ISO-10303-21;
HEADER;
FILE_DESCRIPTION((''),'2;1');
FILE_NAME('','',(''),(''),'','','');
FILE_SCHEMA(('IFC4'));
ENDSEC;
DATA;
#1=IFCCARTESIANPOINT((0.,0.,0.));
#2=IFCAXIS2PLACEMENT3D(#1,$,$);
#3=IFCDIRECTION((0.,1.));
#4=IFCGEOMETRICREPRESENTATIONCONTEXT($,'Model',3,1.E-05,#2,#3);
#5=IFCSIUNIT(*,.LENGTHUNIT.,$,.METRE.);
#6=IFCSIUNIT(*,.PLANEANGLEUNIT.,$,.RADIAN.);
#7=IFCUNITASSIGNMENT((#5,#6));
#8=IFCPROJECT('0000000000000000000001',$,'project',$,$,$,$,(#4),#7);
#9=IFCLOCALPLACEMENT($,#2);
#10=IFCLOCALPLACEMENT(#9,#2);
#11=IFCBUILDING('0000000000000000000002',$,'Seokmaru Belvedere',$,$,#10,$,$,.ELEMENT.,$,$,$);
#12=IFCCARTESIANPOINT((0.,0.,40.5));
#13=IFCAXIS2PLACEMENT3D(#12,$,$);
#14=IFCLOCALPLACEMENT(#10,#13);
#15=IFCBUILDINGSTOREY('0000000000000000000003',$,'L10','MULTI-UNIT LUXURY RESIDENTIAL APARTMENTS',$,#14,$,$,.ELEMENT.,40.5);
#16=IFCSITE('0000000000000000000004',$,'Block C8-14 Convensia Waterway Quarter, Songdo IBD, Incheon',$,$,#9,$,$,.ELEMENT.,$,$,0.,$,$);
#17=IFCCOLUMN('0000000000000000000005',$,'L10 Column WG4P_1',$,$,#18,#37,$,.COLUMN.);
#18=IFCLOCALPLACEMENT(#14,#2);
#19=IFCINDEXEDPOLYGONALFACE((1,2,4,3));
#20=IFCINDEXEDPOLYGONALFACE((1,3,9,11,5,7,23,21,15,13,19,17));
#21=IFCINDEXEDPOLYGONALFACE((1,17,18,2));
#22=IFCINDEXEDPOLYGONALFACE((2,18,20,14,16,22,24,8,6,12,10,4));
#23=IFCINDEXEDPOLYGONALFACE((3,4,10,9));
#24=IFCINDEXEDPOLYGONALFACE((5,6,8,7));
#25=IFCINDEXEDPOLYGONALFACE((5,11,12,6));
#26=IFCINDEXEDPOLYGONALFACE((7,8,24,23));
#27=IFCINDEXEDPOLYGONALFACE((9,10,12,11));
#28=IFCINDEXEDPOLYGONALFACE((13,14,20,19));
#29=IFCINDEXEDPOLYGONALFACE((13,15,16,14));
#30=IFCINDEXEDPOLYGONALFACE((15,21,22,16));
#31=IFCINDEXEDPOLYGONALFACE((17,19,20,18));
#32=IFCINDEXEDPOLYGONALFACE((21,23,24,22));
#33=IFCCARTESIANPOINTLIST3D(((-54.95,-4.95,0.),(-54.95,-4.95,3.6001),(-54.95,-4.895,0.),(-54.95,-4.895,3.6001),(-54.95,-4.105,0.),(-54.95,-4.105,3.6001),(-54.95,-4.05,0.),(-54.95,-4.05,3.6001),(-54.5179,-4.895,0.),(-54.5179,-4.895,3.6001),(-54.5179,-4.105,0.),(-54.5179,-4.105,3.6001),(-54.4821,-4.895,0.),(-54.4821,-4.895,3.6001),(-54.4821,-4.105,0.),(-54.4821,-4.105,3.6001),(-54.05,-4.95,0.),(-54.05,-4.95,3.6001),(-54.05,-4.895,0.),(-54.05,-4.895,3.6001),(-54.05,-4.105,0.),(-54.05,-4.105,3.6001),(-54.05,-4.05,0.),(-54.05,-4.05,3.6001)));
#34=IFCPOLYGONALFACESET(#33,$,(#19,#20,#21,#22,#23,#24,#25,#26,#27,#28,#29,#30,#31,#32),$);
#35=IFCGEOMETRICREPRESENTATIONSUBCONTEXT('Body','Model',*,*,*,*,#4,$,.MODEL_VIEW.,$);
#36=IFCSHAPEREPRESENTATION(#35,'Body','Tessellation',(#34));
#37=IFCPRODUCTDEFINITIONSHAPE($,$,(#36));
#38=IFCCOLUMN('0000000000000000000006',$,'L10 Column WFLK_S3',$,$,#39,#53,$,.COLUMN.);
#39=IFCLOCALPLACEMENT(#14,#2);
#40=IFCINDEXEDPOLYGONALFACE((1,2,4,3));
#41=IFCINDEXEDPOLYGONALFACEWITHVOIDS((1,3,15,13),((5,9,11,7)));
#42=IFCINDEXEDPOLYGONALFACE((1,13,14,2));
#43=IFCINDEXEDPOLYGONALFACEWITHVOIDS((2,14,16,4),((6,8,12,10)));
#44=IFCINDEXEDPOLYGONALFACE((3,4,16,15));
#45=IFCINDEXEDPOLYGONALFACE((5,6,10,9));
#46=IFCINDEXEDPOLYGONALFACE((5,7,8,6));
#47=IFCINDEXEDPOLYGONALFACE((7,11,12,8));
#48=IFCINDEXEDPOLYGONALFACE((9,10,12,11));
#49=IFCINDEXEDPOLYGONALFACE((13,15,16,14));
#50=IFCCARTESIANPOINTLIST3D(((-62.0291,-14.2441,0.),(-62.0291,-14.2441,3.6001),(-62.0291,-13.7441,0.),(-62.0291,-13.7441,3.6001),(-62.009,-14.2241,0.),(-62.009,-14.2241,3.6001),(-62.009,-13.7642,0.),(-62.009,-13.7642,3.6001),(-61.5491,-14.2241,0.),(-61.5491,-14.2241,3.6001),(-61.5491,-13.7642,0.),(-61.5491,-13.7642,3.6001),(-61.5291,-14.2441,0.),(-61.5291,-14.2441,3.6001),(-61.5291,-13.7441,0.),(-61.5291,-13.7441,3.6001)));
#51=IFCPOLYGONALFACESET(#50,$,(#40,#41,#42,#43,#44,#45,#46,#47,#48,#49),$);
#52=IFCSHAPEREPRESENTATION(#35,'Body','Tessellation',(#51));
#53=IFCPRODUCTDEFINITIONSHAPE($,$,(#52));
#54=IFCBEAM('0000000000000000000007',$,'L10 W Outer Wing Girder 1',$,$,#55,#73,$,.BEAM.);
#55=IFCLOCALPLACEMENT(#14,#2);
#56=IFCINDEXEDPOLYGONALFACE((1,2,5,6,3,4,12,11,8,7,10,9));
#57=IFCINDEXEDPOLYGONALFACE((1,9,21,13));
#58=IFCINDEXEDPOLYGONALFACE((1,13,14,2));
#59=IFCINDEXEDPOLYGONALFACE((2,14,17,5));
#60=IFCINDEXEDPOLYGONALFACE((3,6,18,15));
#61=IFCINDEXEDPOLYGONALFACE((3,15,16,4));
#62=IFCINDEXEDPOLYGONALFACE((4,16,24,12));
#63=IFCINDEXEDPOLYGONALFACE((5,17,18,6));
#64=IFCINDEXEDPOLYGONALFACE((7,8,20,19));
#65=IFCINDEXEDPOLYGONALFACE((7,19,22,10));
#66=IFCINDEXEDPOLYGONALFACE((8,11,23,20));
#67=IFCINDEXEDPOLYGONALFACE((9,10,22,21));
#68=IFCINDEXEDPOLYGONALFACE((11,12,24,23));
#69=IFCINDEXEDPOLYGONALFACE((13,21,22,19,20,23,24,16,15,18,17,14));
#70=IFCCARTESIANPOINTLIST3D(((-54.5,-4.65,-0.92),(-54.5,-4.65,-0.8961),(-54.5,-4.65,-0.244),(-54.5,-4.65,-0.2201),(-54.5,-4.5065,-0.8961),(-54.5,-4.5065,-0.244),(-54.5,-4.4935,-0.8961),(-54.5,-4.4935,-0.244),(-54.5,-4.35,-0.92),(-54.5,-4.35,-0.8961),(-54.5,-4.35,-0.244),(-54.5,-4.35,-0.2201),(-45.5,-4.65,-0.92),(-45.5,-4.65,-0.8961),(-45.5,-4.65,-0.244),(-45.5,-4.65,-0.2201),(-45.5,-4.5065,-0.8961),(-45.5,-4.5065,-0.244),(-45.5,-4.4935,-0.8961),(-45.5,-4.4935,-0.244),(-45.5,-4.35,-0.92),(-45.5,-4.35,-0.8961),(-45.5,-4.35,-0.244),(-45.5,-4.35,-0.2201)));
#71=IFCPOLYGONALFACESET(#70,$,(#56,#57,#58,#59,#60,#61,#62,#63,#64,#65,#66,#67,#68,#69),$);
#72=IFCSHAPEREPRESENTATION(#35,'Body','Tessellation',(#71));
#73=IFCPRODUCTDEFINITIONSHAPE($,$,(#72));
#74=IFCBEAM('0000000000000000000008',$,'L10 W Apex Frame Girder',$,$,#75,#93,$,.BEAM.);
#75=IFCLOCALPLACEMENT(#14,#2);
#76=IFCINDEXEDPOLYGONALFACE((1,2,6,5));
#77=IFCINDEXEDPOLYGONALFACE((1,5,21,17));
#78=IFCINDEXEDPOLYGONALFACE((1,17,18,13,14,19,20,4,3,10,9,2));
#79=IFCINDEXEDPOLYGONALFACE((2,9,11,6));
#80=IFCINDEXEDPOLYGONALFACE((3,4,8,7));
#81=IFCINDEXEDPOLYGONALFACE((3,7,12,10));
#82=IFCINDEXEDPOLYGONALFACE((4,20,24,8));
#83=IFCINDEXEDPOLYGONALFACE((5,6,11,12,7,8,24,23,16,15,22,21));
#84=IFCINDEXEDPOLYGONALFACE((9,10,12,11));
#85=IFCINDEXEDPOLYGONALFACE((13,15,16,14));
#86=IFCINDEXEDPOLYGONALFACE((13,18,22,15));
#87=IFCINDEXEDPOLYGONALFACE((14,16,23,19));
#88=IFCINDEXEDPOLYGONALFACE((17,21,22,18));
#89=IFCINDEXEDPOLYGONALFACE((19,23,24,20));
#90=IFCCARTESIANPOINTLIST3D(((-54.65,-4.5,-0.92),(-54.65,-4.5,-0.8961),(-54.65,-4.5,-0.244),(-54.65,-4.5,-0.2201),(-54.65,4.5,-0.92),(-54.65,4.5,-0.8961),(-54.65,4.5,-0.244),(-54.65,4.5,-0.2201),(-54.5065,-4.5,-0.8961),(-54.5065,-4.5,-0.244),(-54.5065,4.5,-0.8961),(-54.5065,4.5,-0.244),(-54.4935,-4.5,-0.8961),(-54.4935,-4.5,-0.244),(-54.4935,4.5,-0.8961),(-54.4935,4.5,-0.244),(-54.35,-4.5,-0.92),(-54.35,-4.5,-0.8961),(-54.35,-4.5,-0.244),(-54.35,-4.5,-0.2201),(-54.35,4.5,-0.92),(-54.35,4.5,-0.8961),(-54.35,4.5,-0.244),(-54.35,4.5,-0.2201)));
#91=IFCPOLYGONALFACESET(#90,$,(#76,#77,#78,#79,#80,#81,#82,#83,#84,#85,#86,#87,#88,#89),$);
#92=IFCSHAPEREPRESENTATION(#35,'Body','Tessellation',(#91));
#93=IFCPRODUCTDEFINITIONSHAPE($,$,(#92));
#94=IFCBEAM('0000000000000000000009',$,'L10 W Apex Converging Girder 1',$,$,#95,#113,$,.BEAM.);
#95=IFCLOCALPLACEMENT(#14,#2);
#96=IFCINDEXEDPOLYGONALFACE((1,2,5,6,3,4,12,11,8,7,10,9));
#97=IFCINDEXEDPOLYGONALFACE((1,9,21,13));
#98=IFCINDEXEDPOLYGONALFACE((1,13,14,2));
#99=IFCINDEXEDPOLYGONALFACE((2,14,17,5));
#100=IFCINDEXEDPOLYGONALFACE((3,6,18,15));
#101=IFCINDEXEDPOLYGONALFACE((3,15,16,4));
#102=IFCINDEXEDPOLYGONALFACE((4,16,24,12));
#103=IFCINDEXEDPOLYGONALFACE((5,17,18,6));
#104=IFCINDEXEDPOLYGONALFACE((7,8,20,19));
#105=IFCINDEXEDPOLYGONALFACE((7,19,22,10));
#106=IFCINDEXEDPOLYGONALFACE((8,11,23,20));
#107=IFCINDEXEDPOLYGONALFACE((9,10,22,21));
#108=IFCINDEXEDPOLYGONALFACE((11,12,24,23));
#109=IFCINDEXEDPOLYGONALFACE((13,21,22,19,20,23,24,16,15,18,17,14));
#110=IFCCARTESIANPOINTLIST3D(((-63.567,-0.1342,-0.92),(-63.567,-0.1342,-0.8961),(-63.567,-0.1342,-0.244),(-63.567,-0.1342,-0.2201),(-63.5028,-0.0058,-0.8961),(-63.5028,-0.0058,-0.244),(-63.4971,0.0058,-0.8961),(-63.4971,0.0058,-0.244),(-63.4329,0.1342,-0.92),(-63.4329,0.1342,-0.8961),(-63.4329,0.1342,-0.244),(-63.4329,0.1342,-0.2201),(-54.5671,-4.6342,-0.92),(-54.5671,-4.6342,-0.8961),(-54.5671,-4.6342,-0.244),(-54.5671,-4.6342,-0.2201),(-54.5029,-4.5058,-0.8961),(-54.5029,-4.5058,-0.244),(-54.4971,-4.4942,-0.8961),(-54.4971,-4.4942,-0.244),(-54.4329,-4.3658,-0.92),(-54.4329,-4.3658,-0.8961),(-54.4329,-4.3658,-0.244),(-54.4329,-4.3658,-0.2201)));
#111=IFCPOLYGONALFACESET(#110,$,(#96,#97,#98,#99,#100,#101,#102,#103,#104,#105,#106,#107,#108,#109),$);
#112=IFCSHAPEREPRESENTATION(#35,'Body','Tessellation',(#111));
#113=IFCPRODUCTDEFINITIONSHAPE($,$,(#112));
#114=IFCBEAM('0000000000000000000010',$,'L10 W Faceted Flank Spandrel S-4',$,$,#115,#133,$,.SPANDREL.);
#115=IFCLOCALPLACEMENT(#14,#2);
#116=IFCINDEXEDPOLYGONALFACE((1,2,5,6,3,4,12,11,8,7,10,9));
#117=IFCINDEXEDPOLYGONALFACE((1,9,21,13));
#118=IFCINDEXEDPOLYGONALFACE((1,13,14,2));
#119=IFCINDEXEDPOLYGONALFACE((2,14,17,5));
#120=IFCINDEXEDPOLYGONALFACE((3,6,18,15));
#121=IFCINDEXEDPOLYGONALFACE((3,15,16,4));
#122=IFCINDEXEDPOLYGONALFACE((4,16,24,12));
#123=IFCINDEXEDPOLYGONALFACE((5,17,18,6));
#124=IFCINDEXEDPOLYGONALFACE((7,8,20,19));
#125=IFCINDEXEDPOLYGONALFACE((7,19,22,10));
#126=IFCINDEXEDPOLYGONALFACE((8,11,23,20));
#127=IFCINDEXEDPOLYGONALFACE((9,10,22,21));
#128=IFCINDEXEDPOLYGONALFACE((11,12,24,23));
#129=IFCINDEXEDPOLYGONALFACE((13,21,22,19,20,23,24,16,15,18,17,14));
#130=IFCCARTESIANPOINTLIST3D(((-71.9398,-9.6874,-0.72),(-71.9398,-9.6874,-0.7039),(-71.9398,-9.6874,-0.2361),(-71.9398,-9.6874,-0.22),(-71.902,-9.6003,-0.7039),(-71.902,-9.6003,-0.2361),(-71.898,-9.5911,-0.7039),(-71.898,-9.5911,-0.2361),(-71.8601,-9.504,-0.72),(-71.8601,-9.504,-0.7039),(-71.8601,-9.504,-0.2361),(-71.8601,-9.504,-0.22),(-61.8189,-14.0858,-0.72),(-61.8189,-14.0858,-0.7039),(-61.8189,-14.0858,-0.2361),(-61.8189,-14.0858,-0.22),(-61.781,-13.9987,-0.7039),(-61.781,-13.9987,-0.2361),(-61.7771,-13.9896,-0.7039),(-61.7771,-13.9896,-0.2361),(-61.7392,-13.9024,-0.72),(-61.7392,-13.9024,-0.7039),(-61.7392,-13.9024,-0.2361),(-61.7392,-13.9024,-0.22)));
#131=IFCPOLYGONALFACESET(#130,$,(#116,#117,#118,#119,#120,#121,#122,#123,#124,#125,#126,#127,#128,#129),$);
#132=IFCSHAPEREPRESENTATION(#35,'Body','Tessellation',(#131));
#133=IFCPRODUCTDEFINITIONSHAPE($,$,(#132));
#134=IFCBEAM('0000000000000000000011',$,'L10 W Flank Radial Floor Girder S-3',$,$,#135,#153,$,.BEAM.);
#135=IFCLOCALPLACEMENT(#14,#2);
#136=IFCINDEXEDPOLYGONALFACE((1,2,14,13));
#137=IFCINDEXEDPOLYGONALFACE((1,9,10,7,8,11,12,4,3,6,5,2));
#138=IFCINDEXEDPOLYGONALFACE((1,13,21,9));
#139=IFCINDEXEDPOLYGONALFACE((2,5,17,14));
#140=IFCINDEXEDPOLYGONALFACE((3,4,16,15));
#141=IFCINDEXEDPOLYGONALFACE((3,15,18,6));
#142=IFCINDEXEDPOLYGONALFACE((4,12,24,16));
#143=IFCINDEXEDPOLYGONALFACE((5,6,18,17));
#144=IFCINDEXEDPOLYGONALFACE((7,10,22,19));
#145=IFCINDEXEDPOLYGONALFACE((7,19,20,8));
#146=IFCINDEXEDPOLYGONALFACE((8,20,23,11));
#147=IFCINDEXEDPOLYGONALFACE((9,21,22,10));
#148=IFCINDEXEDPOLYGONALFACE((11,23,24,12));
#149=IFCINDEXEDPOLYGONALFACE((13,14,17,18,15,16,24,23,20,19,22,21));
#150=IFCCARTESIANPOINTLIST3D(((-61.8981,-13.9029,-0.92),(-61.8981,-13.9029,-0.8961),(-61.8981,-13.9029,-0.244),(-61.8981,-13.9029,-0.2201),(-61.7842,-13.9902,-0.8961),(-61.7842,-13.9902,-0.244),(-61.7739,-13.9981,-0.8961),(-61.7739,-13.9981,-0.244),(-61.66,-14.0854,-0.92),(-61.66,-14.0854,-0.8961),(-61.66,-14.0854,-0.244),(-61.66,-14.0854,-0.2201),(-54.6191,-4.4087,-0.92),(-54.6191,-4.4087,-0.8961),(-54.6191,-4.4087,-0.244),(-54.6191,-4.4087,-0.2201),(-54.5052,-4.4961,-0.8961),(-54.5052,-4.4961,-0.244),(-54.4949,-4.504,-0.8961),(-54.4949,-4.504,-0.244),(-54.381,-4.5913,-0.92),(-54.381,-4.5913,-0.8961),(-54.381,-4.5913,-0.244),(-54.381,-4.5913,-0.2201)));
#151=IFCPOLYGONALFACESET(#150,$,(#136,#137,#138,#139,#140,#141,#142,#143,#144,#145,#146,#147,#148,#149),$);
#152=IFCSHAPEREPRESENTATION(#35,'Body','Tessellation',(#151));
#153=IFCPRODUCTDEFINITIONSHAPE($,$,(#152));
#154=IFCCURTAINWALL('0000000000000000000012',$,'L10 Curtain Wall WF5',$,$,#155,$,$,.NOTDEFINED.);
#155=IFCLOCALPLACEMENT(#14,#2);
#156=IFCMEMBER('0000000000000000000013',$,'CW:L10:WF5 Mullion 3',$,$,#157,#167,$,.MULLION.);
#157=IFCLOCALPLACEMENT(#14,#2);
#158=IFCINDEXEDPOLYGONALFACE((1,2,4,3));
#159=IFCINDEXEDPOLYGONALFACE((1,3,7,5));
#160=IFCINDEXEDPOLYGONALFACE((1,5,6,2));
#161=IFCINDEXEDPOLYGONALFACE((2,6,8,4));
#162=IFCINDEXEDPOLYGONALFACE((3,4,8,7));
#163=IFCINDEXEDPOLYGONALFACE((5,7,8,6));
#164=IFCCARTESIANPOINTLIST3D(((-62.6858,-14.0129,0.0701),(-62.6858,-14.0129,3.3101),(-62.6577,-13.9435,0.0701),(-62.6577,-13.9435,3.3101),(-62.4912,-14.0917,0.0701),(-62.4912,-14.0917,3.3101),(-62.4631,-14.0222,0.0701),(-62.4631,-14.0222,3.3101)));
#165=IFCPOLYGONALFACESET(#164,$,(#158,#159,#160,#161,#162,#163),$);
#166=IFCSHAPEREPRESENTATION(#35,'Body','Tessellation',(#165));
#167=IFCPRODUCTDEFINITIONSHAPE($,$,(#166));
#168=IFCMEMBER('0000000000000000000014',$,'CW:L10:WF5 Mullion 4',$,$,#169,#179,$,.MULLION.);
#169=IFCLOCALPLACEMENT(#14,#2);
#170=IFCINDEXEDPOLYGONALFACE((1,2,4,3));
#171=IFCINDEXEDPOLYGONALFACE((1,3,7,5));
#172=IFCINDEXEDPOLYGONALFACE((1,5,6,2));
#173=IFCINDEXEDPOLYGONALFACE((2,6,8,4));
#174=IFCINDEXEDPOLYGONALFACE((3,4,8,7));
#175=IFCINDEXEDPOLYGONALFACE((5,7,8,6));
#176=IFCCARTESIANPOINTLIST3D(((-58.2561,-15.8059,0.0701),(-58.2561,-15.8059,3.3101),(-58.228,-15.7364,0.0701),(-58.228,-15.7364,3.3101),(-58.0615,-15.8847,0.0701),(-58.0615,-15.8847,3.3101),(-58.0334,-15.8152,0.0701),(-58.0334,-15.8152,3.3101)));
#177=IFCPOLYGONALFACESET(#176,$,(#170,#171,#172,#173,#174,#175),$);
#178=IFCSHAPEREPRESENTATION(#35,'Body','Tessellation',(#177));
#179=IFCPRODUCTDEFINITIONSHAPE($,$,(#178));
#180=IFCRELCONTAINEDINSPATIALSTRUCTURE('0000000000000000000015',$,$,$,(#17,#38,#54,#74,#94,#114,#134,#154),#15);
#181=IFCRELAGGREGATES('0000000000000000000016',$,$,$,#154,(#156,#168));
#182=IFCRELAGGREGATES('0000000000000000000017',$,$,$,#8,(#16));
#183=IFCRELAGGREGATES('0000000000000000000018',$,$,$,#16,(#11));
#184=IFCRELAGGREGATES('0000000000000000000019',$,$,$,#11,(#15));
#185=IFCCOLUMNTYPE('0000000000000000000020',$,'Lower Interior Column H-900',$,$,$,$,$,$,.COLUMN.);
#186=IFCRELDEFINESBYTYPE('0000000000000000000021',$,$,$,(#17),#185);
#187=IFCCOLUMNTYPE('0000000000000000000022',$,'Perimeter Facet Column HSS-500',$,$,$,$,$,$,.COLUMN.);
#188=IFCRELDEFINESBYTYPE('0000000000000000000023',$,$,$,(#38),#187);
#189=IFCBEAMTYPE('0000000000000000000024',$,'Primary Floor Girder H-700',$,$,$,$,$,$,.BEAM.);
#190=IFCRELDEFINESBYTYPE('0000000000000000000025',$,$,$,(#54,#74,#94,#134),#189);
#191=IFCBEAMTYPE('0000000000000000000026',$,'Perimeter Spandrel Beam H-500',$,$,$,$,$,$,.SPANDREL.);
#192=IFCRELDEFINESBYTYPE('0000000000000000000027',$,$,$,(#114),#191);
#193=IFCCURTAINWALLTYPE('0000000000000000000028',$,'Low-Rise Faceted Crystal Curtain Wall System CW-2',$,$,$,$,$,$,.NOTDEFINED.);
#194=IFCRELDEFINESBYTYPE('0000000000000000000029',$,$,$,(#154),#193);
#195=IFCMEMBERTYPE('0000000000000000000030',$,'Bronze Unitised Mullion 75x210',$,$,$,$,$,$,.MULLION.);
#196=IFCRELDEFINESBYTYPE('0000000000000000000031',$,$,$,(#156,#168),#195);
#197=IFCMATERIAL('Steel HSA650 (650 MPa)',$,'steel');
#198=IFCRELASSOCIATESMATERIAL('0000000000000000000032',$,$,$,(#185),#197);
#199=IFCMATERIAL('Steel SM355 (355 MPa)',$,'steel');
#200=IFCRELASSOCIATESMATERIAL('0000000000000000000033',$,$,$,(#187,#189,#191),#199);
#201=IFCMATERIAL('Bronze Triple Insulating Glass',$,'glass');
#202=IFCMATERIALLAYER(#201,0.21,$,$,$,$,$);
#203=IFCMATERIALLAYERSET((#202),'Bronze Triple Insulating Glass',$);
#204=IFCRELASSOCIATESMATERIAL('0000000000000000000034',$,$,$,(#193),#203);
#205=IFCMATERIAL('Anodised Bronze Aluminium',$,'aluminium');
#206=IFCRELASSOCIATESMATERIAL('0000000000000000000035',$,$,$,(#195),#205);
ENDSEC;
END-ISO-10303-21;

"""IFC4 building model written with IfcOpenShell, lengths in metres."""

from ifc_helpers import new_model, si_unit, direction, frame, origin, origin_2d, place, context, subcontext, project, spatial, rectangle, hollow_rectangle, i_section, extrude, source, transform, mapped, material, layer, layer_set, material_profile, profile_set, type_object, type_shapes, element, aggregate, save


model = new_model("IFC4")

# Units and contexts
model_context = context("Model", 3, precision=1e-05, world=origin(), true_north=direction((0.0, 1.0)))
body_context = subcontext(model_context, "Body", "Model", "MODEL_VIEW")
ifc_project = project(units=[si_unit("LENGTHUNIT", "METRE"), si_unit("PLANEANGLEUNIT", "RADIAN")], contexts=[model_context])

# Site, building, storey
site_placement = place(None, origin())
site = spatial("IfcSite", under=ifc_project, at=site_placement, Name="Block C8-14 Convensia Waterway Quarter, Songdo IBD, Incheon", CompositionType="ELEMENT", RefElevation=0.0)
building_placement = place(site_placement, origin())
building = spatial("IfcBuilding", under=site, at=building_placement, Name="Seokmaru Belvedere", CompositionType="ELEMENT")
storey_placement = place(building_placement, frame((0.0, 0.0, 40.5)))
storey = spatial("IfcBuildingStorey", under=building, at=storey_placement, Name="L10", Description="MULTI-UNIT LUXURY RESIDENTIAL APARTMENTS", CompositionType="ELEMENT", Elevation=40.5)

# Columns
ifc_material_1 = material(Name="Steel HSA650 (650 MPa)", Category="steel")
ifc_material_profile_1 = material_profile(ifc_material_1, i_section(OverallWidth=0.8999, OverallDepth=0.8999, WebThickness=0.0359, FlangeThickness=0.0549, at=origin_2d()), Name="H-900x900x36x55")
ifc_profile_set_1 = profile_set([ifc_material_profile_1], Name="Steel HSA650 (650 MPa)")
column_type_1 = type_object("IfcColumnType", Name="Lower Interior Column H-900", PredefinedType="COLUMN", material=ifc_profile_set_1)
shared_shape_1 = source(origin(), body_context, "Body", "SweptSolid", [
    extrude(i_section(OverallWidth=0.8999, OverallDepth=0.8999, WebThickness=0.0359, FlangeThickness=0.0549, at=origin_2d()), origin(), (0.0, 0.0, 1.0), 3.6001),
])
type_shapes(column_type_1, [shared_shape_1])
column_1_placement = place(storey_placement, frame((-54.5, -4.5, 0.0), z_axis=(0.0, 0.0, 1.0), x_axis=(1.0, 0.0, 0.0)))
element("IfcColumn", 1, at=column_1_placement, inside=storey, type_object=column_type_1, Name="L10 Column WG4P_1", PredefinedType="COLUMN", context=body_context, shape_type="MappedRepresentation", body=[
    mapped(shared_shape_1, transform((0.0, 0.0, 0.0), scale=1.0)),
])
ifc_material_2 = material(Name="Steel SM355 (355 MPa)", Category="steel")
ifc_material_profile_2 = material_profile(ifc_material_2, hollow_rectangle(XDim=0.5, YDim=0.5, WallThickness=0.02, at=origin_2d()), Name="HSS-500x500x20")
ifc_profile_set_2 = profile_set([ifc_material_profile_2], Name="Steel SM355 (355 MPa)")
column_type_2 = type_object("IfcColumnType", Name="Perimeter Facet Column HSS-500", PredefinedType="COLUMN", material=ifc_profile_set_2)
shared_shape_2 = source(origin(), body_context, "Body", "SweptSolid", [
    extrude(hollow_rectangle(XDim=0.5, YDim=0.5, WallThickness=0.02, at=origin_2d()), origin(), (0.0, 0.0, 1.0), 3.6001),
])
type_shapes(column_type_2, [shared_shape_2])
column_2_placement = place(storey_placement, frame((-61.7791, -13.9941, 0.0), z_axis=(0.0, 0.0, 1.0), x_axis=(1.0, 0.0, 0.0)))
element("IfcColumn", 2, at=column_2_placement, inside=storey, type_object=column_type_2, Name="L10 Column WFLK_S3", PredefinedType="COLUMN", context=body_context, shape_type="MappedRepresentation", body=[
    mapped(shared_shape_2, transform((0.0, 0.0, 0.0), scale=1.0)),
])

# Beams
ifc_material_profile_3 = material_profile(ifc_material_2, i_section(OverallWidth=0.3, OverallDepth=0.7, WebThickness=0.0129, FlangeThickness=0.0239, at=origin_2d()), Name="H-700x300x13x24")
ifc_profile_set_3 = profile_set([ifc_material_profile_3], Name="Steel SM355 (355 MPa)")
beam_type_1 = type_object("IfcBeamType", Name="Primary Floor Girder H-700", PredefinedType="BEAM", material=ifc_profile_set_3)
shared_shape_3 = source(origin(), body_context, "Body", "SweptSolid", [
    extrude(i_section(OverallWidth=0.3, OverallDepth=0.7, WebThickness=0.0129, FlangeThickness=0.0239, at=origin_2d()), origin(), (0.0, 0.0, 1.0), 9.0),
])
for number, where, z_axis, x_axis, name in (
    (3, (-54.5, -4.5, -0.5701), (1.0, 0.0, 0.0), (0.0, 1.0, 0.0), "L10 W Outer Wing Girder 1"),
    (4, (-54.5, -4.5, -0.5701), (0.0, 1.0, 0.0), (-1.0, 0.0, 0.0), "L10 W Apex Frame Girder"),
):
    element("IfcBeam", number, at=place(storey_placement, frame(where, z_axis=z_axis, x_axis=x_axis)), inside=storey, type_object=beam_type_1, Name=name, PredefinedType="BEAM", context=body_context, shape_type="MappedRepresentation", body=[
        mapped(shared_shape_3, transform((0.0, 0.0, 0.0), scale=1.0)),
    ])
shared_shape_4 = source(origin(), body_context, "Body", "SweptSolid", [
    extrude(i_section(OverallWidth=0.3, OverallDepth=0.7, WebThickness=0.0129, FlangeThickness=0.0239, at=origin_2d()), origin(), (0.0, 0.0, 1.0), 10.0623),
])
beam_1_placement = place(storey_placement, frame((-54.5, -4.5, -0.5701), z_axis=(-0.894427, 0.447214, 0.0), x_axis=(-0.447214, -0.894427, 0.0)))
element("IfcBeam", 5, at=beam_1_placement, inside=storey, type_object=beam_type_1, Name="L10 W Apex Converging Girder 1", PredefinedType="BEAM", context=body_context, shape_type="MappedRepresentation", body=[
    mapped(shared_shape_4, transform((0.0, 0.0, 0.0), scale=1.0)),
])
ifc_material_profile_4 = material_profile(ifc_material_2, i_section(OverallWidth=0.2, OverallDepth=0.5, WebThickness=0.01, FlangeThickness=0.0161, at=origin_2d()), Name="H-500x200x10x16")
ifc_profile_set_4 = profile_set([ifc_material_profile_4], Name="Steel SM355 (355 MPa)")
beam_type_2 = type_object("IfcBeamType", Name="Perimeter Spandrel Beam H-500", PredefinedType="SPANDREL", material=ifc_profile_set_4)
shared_shape_5 = source(origin(), body_context, "Body", "SweptSolid", [
    extrude(i_section(OverallWidth=0.2, OverallDepth=0.5, WebThickness=0.01, FlangeThickness=0.0161, at=origin_2d()), origin(), (0.0, 0.0, 1.0), 11.0354),
])
type_shapes(beam_type_2, [shared_shape_5])
beam_2_placement = place(storey_placement, frame((-61.7791, -13.9941, -0.47), z_axis=(-0.917134, 0.398579, 0.0), x_axis=(-0.398579, -0.917134, 0.0)))
element("IfcBeam", 6, at=beam_2_placement, inside=storey, type_object=beam_type_2, Name="L10 W Faceted Flank Spandrel S-4", PredefinedType="SPANDREL", context=body_context, shape_type="MappedRepresentation", body=[
    mapped(shared_shape_5, transform((0.0, 0.0, 0.0), scale=1.0)),
])
shared_shape_6 = source(origin(), body_context, "Body", "SweptSolid", [
    extrude(i_section(OverallWidth=0.3, OverallDepth=0.7, WebThickness=0.0129, FlangeThickness=0.0239, at=origin_2d()), origin(), (0.0, 0.0, 1.0), 11.9634),
])
type_shapes(beam_type_1, [shared_shape_3, shared_shape_4, shared_shape_6])
beam_3_placement = place(storey_placement, frame((-61.7791, -13.9941, -0.5701), z_axis=(0.608443, 0.793598, 0.0), x_axis=(-0.793598, 0.608443, 0.0)))
element("IfcBeam", 7, at=beam_3_placement, inside=storey, type_object=beam_type_1, Name="L10 W Flank Radial Floor Girder S-3", PredefinedType="BEAM", context=body_context, shape_type="MappedRepresentation", body=[
    mapped(shared_shape_6, transform((0.0, 0.0, 0.0), scale=1.0)),
])

# Curtain wall, members
ifc_material_3 = material(Name="Bronze Triple Insulating Glass", Category="glass")
ifc_layer_1 = layer(ifc_material_3, 0.21)
ifc_layer_set_1 = layer_set([ifc_layer_1], Name="Bronze Triple Insulating Glass")
curtain_wall_type = type_object("IfcCurtainWallType", Name="Low-Rise Faceted Crystal Curtain Wall System CW-2", PredefinedType="NOTDEFINED", material=ifc_layer_set_1)
curtain_wall_placement = place(storey_placement, origin())
curtain_wall = element("IfcCurtainWall", 8, at=curtain_wall_placement, inside=storey, type_object=curtain_wall_type, Name="L10 Curtain Wall WF5", PredefinedType="NOTDEFINED")
ifc_material_4 = material(Name="Anodised Bronze Aluminium", Category="aluminium")
ifc_material_profile_5 = material_profile(ifc_material_4, rectangle(XDim=0.075, YDim=0.21, at=origin_2d()), Name="CW-M-75x210")
ifc_profile_set_5 = profile_set([ifc_material_profile_5], Name="Anodised Bronze Aluminium")
member_type = type_object("IfcMemberType", Name="Bronze Unitised Mullion 75x210", PredefinedType="MULLION", material=ifc_profile_set_5)
shared_shape_7 = source(origin(), body_context, "Body", "SweptSolid", [
    extrude(rectangle(XDim=0.075, YDim=0.21, at=origin_2d()), origin(), (0.0, 0.0, 1.0), 3.24),
])
type_shapes(member_type, [shared_shape_7])
member_1_placement = place(storey_placement, frame((-62.5745, -14.0176, 0.0701), z_axis=(0.0, 0.0, 1.0), x_axis=(0.375192, 0.926947, 0.0)))
member_1 = element("IfcMember", 9, at=member_1_placement, type_object=member_type, Name="CW:L10:WF5 Mullion 3", PredefinedType="MULLION", context=body_context, shape_type="MappedRepresentation", body=[
    mapped(shared_shape_7, transform((0.0, 0.0, 0.0), scale=1.0)),
])
member_2_placement = place(storey_placement, frame((-58.1448, -15.8105, 0.0701), z_axis=(0.0, 0.0, 1.0), x_axis=(0.375192, 0.926947, 0.0)))
member_2 = element("IfcMember", 10, at=member_2_placement, type_object=member_type, Name="CW:L10:WF5 Mullion 4", PredefinedType="MULLION", context=body_context, shape_type="MappedRepresentation", body=[
    mapped(shared_shape_7, transform((0.0, 0.0, 0.0), scale=1.0)),
])
aggregate(curtain_wall, [member_1, member_2])

save(model, "model.ifc")
